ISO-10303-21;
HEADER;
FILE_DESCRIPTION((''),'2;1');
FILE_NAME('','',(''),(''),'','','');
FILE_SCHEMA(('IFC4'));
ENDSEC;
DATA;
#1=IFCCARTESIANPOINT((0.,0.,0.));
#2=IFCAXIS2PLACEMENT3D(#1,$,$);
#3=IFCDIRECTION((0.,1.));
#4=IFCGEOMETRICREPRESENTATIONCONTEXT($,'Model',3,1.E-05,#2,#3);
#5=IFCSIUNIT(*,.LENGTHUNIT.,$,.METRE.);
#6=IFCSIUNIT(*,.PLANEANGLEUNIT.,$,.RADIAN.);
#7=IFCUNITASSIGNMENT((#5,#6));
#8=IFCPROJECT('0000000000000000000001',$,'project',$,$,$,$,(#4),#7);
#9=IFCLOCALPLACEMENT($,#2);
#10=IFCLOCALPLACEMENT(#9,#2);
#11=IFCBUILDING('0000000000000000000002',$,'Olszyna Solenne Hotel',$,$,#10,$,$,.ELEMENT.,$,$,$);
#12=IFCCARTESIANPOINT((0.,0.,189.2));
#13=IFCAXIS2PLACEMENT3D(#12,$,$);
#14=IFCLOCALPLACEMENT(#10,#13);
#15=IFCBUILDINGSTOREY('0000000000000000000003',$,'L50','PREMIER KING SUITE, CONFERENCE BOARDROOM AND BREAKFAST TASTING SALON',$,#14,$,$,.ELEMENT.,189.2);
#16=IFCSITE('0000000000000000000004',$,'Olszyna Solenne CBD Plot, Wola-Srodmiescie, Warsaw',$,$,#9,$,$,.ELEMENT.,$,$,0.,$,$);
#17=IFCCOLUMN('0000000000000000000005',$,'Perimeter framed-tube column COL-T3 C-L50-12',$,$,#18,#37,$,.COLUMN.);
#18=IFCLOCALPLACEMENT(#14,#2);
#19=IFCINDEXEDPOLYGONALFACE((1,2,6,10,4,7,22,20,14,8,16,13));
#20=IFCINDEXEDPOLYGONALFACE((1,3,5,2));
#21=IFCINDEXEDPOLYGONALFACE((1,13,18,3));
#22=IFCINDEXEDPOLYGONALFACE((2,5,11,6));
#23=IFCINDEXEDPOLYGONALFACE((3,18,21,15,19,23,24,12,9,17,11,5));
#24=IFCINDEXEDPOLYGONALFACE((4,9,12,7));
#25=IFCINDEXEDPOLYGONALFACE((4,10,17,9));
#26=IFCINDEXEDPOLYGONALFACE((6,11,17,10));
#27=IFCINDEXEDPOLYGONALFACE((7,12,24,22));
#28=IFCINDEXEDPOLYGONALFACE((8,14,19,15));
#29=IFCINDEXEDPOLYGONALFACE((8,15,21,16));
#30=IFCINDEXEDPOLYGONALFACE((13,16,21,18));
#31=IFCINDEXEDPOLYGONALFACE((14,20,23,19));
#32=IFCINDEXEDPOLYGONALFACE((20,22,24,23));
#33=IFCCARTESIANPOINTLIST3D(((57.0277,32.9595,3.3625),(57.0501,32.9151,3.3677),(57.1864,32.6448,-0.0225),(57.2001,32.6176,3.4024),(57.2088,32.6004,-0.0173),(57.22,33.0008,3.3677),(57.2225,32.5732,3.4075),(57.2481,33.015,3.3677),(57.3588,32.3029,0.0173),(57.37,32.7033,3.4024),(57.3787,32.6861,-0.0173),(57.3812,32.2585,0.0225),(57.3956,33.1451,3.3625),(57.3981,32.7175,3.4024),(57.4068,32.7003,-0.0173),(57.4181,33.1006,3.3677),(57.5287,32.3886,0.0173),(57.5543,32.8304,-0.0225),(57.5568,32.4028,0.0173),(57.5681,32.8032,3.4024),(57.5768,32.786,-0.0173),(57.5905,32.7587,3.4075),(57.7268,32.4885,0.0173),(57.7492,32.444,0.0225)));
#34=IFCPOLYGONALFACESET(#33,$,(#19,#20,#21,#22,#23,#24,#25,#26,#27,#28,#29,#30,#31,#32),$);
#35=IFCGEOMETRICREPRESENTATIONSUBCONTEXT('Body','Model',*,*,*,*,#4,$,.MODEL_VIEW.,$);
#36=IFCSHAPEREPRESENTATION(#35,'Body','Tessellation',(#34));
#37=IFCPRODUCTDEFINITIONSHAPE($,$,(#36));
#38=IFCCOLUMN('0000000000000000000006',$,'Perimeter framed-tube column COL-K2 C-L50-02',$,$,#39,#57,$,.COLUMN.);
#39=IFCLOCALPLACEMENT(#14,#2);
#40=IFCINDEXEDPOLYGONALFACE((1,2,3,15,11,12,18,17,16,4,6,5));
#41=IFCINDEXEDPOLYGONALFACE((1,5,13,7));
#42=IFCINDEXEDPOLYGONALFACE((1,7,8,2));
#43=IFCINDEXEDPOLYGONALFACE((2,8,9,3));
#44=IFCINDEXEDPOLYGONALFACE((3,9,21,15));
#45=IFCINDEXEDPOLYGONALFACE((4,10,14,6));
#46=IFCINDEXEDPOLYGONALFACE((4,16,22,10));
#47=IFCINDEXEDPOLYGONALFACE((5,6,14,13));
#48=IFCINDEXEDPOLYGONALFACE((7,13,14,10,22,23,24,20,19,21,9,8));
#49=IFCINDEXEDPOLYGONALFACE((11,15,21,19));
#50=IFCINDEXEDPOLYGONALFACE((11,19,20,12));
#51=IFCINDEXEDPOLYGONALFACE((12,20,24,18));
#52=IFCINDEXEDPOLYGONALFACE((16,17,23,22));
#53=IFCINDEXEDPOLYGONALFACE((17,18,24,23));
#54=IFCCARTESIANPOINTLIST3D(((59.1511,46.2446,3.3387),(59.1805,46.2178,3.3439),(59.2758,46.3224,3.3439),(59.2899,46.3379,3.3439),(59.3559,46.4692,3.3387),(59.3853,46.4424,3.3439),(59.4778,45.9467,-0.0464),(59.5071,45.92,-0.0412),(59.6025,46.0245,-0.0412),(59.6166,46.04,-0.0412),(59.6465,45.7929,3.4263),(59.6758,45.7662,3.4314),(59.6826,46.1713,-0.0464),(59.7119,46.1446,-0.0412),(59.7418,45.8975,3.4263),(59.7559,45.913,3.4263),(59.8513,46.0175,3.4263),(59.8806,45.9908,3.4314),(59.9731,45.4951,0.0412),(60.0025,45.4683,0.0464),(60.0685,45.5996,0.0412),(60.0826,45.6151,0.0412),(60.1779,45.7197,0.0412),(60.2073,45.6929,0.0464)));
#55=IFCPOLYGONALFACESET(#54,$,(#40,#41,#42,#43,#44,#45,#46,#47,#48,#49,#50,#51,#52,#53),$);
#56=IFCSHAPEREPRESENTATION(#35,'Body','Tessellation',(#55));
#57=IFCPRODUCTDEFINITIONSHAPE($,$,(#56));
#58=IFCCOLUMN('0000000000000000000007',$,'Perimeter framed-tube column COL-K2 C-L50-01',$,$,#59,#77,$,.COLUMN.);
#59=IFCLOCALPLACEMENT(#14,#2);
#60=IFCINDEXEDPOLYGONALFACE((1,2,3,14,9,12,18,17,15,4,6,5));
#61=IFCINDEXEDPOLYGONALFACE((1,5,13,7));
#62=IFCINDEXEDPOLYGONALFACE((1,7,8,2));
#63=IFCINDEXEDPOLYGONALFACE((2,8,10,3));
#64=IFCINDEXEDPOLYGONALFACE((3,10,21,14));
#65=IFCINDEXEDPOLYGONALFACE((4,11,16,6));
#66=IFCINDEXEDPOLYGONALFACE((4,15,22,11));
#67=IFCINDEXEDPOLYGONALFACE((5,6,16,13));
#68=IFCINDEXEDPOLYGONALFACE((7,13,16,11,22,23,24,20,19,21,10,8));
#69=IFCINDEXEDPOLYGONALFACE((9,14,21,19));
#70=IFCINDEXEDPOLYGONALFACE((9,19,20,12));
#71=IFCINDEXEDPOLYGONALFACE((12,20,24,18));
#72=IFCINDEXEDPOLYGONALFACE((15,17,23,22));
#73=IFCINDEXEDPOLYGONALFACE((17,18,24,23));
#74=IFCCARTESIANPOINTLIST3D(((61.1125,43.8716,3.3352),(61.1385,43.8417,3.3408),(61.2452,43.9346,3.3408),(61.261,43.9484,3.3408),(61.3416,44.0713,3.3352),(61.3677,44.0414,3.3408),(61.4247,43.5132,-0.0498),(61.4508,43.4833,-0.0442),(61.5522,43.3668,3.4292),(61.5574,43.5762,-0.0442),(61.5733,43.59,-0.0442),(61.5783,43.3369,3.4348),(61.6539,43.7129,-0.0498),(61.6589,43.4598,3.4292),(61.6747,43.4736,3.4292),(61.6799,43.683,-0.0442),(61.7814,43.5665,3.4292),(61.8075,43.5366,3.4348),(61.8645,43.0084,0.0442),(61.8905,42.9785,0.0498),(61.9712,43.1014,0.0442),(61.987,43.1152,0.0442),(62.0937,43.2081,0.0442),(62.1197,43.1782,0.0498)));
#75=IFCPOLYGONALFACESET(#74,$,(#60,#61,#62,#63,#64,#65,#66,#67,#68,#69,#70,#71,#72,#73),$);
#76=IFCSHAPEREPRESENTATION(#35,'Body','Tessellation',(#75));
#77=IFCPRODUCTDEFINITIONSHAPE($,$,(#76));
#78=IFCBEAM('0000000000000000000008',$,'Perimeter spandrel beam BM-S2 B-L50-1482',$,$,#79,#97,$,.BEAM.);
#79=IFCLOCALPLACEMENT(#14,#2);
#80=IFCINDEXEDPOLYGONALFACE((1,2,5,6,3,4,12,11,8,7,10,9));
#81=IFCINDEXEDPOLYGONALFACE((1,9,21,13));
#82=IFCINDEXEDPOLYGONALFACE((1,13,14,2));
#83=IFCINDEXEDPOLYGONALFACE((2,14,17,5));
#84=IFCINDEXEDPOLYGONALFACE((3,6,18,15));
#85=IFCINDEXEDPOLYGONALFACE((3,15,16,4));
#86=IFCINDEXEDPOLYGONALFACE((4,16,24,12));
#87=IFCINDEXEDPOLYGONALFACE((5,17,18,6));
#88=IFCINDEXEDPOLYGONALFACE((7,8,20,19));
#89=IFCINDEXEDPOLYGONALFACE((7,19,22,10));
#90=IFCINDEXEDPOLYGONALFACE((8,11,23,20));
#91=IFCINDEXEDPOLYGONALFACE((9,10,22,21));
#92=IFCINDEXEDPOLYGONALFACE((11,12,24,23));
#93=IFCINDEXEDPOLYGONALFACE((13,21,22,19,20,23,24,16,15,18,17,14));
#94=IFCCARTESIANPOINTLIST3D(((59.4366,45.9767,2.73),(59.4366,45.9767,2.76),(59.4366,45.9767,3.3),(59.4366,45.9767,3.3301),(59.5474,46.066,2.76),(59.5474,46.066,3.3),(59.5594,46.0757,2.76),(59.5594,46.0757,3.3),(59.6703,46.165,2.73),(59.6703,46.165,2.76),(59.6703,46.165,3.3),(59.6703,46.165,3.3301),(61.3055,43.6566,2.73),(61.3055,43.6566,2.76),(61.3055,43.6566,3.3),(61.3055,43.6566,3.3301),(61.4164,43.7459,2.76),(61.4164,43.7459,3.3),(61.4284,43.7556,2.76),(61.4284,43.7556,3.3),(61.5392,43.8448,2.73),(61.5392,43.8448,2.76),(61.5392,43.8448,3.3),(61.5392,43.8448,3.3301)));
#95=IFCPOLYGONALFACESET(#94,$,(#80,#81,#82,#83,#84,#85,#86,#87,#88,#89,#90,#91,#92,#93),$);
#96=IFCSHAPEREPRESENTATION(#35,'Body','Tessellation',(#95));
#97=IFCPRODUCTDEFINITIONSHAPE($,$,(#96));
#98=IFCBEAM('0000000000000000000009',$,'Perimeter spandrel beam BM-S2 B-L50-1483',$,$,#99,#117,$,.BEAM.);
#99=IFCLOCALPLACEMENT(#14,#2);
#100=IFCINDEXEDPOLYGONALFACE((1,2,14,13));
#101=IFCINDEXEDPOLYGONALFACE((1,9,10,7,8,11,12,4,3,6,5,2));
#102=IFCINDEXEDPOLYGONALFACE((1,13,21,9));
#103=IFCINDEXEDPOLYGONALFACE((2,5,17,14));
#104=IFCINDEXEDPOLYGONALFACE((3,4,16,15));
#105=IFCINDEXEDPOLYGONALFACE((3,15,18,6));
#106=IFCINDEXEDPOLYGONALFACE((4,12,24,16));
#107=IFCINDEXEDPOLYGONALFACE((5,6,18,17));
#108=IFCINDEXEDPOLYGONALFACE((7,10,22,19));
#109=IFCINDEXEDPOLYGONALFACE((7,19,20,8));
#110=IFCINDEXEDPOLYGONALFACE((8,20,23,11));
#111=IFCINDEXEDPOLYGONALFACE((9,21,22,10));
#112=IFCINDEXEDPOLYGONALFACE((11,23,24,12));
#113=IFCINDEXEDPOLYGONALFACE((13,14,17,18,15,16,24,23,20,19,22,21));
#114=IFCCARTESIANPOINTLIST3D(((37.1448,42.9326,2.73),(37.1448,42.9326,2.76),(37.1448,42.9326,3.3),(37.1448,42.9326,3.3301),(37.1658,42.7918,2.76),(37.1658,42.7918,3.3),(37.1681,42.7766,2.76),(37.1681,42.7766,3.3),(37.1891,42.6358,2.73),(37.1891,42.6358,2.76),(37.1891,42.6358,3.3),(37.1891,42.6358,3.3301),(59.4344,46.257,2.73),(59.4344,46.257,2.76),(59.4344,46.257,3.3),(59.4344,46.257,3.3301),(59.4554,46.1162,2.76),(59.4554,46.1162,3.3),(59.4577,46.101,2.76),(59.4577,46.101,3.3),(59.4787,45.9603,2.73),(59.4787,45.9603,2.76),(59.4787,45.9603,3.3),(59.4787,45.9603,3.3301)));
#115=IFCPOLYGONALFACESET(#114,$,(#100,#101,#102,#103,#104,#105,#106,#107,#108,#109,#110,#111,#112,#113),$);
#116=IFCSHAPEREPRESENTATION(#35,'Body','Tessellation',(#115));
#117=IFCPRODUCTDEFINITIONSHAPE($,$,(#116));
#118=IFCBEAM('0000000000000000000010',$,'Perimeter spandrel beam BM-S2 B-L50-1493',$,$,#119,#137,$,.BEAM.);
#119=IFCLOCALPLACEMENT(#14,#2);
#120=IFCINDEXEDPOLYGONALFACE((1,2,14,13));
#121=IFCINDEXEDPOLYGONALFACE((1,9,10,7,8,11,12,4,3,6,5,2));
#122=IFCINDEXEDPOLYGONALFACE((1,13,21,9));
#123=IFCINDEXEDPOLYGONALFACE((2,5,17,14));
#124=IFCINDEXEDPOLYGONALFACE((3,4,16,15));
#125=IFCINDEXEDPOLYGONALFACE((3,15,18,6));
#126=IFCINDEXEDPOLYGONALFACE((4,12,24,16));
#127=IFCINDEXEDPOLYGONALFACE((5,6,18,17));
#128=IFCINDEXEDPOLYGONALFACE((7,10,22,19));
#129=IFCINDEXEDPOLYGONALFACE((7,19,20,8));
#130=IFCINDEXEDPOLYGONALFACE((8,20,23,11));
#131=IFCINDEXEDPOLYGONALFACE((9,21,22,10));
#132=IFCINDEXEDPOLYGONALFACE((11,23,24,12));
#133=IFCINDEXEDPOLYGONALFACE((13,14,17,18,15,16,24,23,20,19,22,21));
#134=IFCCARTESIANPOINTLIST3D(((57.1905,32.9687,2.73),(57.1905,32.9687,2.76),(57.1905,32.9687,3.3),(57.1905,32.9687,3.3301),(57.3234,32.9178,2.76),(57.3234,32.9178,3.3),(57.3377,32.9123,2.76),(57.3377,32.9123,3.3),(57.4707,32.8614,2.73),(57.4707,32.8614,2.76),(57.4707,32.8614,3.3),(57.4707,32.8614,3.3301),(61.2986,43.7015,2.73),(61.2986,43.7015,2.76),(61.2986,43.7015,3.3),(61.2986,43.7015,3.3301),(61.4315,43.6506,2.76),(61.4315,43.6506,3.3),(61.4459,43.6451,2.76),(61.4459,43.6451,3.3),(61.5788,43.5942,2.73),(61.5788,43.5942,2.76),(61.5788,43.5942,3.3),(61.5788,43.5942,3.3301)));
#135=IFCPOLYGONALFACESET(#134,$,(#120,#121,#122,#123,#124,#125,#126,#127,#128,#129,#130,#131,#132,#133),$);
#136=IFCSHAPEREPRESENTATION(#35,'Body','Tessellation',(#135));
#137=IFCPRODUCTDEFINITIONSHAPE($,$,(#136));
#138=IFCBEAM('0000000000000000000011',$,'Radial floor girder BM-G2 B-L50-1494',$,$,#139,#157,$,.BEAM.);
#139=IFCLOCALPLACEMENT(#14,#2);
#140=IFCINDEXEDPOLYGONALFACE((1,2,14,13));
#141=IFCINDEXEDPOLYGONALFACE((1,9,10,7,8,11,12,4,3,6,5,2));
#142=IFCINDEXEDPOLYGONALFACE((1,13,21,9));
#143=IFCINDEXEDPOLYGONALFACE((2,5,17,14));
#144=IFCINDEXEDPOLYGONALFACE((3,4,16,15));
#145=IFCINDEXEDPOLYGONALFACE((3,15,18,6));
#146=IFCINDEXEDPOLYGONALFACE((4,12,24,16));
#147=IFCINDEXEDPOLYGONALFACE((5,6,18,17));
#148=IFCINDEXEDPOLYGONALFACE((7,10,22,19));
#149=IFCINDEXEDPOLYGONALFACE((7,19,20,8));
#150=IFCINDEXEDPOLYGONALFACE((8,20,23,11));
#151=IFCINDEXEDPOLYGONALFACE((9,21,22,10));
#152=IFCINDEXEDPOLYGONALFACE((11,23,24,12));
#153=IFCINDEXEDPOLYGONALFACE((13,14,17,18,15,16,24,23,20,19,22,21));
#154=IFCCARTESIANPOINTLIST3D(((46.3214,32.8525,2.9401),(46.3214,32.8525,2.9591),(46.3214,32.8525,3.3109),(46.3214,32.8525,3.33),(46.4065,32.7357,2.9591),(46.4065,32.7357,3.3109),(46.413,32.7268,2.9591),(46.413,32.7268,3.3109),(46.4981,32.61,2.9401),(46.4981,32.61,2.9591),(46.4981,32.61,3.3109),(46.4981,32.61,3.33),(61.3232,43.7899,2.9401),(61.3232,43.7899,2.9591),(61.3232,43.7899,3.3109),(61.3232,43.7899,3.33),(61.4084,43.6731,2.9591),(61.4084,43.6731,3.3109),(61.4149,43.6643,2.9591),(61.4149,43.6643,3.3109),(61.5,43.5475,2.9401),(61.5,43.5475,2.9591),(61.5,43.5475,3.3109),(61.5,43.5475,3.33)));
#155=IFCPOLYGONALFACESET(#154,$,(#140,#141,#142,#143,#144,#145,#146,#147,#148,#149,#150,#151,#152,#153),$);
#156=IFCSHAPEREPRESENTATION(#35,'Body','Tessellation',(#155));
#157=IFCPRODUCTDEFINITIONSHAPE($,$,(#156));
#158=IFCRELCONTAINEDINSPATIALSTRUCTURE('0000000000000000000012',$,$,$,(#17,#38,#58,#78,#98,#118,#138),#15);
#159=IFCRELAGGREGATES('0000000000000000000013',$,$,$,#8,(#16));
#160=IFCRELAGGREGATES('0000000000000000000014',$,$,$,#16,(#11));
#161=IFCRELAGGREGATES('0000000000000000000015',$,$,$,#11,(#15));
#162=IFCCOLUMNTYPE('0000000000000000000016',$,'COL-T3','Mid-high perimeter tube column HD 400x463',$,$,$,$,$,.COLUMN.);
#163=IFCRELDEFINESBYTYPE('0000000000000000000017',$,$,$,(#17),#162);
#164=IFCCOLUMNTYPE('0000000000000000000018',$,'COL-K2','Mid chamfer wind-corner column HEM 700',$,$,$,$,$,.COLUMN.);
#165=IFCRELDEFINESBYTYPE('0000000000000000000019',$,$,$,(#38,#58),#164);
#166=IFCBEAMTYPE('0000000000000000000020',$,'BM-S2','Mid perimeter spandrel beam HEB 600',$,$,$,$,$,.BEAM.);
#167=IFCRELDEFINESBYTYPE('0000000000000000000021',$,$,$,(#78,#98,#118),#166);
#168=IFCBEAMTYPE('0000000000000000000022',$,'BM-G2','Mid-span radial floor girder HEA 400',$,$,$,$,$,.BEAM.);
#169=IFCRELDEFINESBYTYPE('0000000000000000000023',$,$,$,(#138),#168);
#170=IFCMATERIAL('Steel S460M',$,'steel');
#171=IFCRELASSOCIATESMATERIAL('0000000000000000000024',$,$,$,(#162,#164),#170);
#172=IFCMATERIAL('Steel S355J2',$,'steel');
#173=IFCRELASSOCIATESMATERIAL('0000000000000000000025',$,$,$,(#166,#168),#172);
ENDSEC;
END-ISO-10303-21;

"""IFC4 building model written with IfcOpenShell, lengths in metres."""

from ifc_helpers import new_model, si_unit, direction, frame, origin, origin_2d, place, context, subcontext, project, spatial, i_section, extrude, source, transform, mapped, material, material_profile, profile_set, type_object, element, save


model = new_model("IFC4")

# Units and contexts
model_context = context("Model", 3, precision=1e-05, world=origin(), true_north=direction((0.0, 1.0)))
body_context = subcontext(model_context, "Body", "Model", "MODEL_VIEW")
ifc_project = project(units=[si_unit("LENGTHUNIT", "METRE"), si_unit("PLANEANGLEUNIT", "RADIAN")], contexts=[model_context])

# Site, building, storey
site_placement = place(None, origin())
site = spatial("IfcSite", under=ifc_project, at=site_placement, Name="Olszyna Solenne CBD Plot, Wola-Srodmiescie, Warsaw", CompositionType="ELEMENT", RefElevation=0.0)
building_placement = place(site_placement, origin())
building = spatial("IfcBuilding", under=site, at=building_placement, Name="Olszyna Solenne Hotel", CompositionType="ELEMENT")
storey_placement = place(building_placement, frame((0.0, 0.0, 189.2)))
storey = spatial("IfcBuildingStorey", under=building, at=storey_placement, Name="L50", Description="PREMIER KING SUITE, CONFERENCE BOARDROOM AND BREAKFAST TASTING SALON", CompositionType="ELEMENT", Elevation=189.2)

# Columns
ifc_material_1 = material(Name="Steel S460M", Category="steel")
ifc_material_profile_1 = material_profile(ifc_material_1, i_section(OverallWidth=0.4121, OverallDepth=0.4351, WebThickness=0.0315, FlangeThickness=0.05, at=origin_2d()), Name="HD 400x463", Category="load-bearing")
ifc_profile_set_1 = profile_set([ifc_material_profile_1], Name="Steel S460M")
column_type_1 = type_object("IfcColumnType", Name="COL-T3", Description="Mid-high perimeter tube column HD 400x463", PredefinedType="COLUMN", material=ifc_profile_set_1)
shared_shape_1 = source(origin(), body_context, "Body", "SweptSolid", [
    extrude(i_section(OverallWidth=0.4121, OverallDepth=0.4351, WebThickness=0.0315, FlangeThickness=0.05, at=origin_2d()), origin(), (0.0, 0.0, 1.0), 3.4033),
])
column_1_placement = place(storey_placement, frame((57.4678, 32.5444, 0.0), z_axis=(-0.046629, 0.092468, 0.994623), x_axis=(-0.892898, -0.450259, 0.0)))
element("IfcColumn", 1, at=column_1_placement, inside=storey, type_object=column_type_1, Name="Perimeter framed-tube column COL-T3 C-L50-12", PredefinedType="COLUMN", context=body_context, shape_type="MappedRepresentation", body=[
    mapped(shared_shape_1, transform((0.0, 0.0, 0.0), x_axis=(1.0, 0.0, 0.0), y_axis=(0.0, 1.0, 0.0), z_axis=(0.0, 0.0, 1.0), scale=1.0)),
])
ifc_material_profile_2 = material_profile(ifc_material_1, i_section(OverallWidth=0.304, OverallDepth=0.7161, WebThickness=0.021, FlangeThickness=0.04, at=origin_2d()), Name="HEM 700", Category="load-bearing")
ifc_profile_set_2 = profile_set([ifc_material_profile_2], Name="Steel S460M")
column_type_2 = type_object("IfcColumnType", Name="COL-K2", Description="Mid chamfer wind-corner column HEM 700", PredefinedType="COLUMN", material=ifc_profile_set_2)
shared_shape_2 = source(origin(), body_context, "Body", "SweptSolid", [
    extrude(i_section(OverallWidth=0.304, OverallDepth=0.7161, WebThickness=0.021, FlangeThickness=0.04, at=origin_2d()), origin(), (0.0, 0.0, 1.0), 3.4138),
])
column_2_placement = place(storey_placement, frame((59.8425, 45.8198, 0.0), z_axis=(-0.095689, 0.08725, 0.99158), x_axis=(-0.673772, -0.73894, 0.0)))
element("IfcColumn", 2, at=column_2_placement, inside=storey, type_object=column_type_2, Name="Perimeter framed-tube column COL-K2 C-L50-02", PredefinedType="COLUMN", context=body_context, shape_type="MappedRepresentation", body=[
    mapped(shared_shape_2, transform((0.0, 0.0, 0.0), x_axis=(1.0, 0.0, 0.0), y_axis=(0.0, 1.0, 0.0), z_axis=(0.0, 0.0, 1.0), scale=1.0)),
])
shared_shape_3 = source(origin(), body_context, "Body", "SweptSolid", [
    extrude(i_section(OverallWidth=0.304, OverallDepth=0.7161, WebThickness=0.021, FlangeThickness=0.04, at=origin_2d()), origin(), (0.0, 0.0, 1.0), 3.4182),
])
column_3_placement = place(storey_placement, frame((61.7722, 43.3457, 0.0), z_axis=(-0.09135, 0.104849, 0.990284), x_axis=(-0.753975, -0.656903, 0.0)))
element("IfcColumn", 3, at=column_3_placement, inside=storey, type_object=column_type_2, Name="Perimeter framed-tube column COL-K2 C-L50-01", PredefinedType="COLUMN", context=body_context, shape_type="MappedRepresentation", body=[
    mapped(shared_shape_3, transform((0.0, 0.0, 0.0), x_axis=(1.0, 0.0, 0.0), y_axis=(0.0, 1.0, 0.0), z_axis=(0.0, 0.0, 1.0), scale=1.0)),
])

# Beams
ifc_material_2 = material(Name="Steel S355J2", Category="steel")
ifc_material_profile_3 = material_profile(ifc_material_2, i_section(OverallWidth=0.3, OverallDepth=0.6001, WebThickness=0.0154, FlangeThickness=0.03, at=origin_2d()), Name="HEB 600", Category="load-bearing")
ifc_profile_set_3 = profile_set([ifc_material_profile_3], Name="Steel S355J2")
beam_type_1 = type_object("IfcBeamType", Name="BM-S2", Description="Mid perimeter spandrel beam HEB 600", PredefinedType="BEAM", material=ifc_profile_set_3)
shared_shape_4 = source(origin(), body_context, "Body", "SweptSolid", [
    extrude(i_section(OverallWidth=0.3, OverallDepth=0.6001, WebThickness=0.0154, FlangeThickness=0.03, at=origin_2d()), origin(), (0.0, 0.0, 1.0), 2.9792),
])
beam_1_placement = place(storey_placement, frame((61.4224, 43.7507, 3.03), z_axis=(-0.62732, 0.778762, 0.0), x_axis=(-0.778762, -0.62732, 0.0)))
element("IfcBeam", 4, at=beam_1_placement, inside=storey, type_object=beam_type_1, Name="Perimeter spandrel beam BM-S2 B-L50-1482", PredefinedType="BEAM", context=body_context, shape_type="MappedRepresentation", body=[
    mapped(shared_shape_4, transform((0.0, 0.0, 0.0), x_axis=(1.0, 0.0, 0.0), y_axis=(0.0, 1.0, 0.0), z_axis=(0.0, 0.0, 1.0), scale=1.0)),
])
shared_shape_5 = source(origin(), body_context, "Body", "SweptSolid", [
    extrude(i_section(OverallWidth=0.3, OverallDepth=0.6001, WebThickness=0.0154, FlangeThickness=0.03, at=origin_2d()), origin(), (0.0, 0.0, 1.0), 22.5361),
])
beam_2_placement = place(storey_placement, frame((59.4565, 46.1086, 3.03), z_axis=(-0.989059, -0.147517, 0.0), x_axis=(0.147517, -0.989059, 0.0)))
element("IfcBeam", 5, at=beam_2_placement, inside=storey, type_object=beam_type_1, Name="Perimeter spandrel beam BM-S2 B-L50-1483", PredefinedType="BEAM", context=body_context, shape_type="MappedRepresentation", body=[
    mapped(shared_shape_5, transform((0.0, 0.0, 0.0), x_axis=(1.0, 0.0, 0.0), y_axis=(0.0, 1.0, 0.0), z_axis=(0.0, 0.0, 1.0), scale=1.0)),
])
shared_shape_6 = source(origin(), body_context, "Body", "SweptSolid", [
    extrude(i_section(OverallWidth=0.3, OverallDepth=0.6001, WebThickness=0.0154, FlangeThickness=0.03, at=origin_2d()), origin(), (0.0, 0.0, 1.0), 11.4922),
])
beam_3_placement = place(storey_placement, frame((57.3306, 32.915, 3.03), z_axis=(0.357471, 0.933924, 0.0), x_axis=(-0.933924, 0.357471, 0.0)))
element("IfcBeam", 6, at=beam_3_placement, inside=storey, type_object=beam_type_1, Name="Perimeter spandrel beam BM-S2 B-L50-1493", PredefinedType="BEAM", context=body_context, shape_type="MappedRepresentation", body=[
    mapped(shared_shape_6, transform((0.0, 0.0, 0.0), x_axis=(1.0, 0.0, 0.0), y_axis=(0.0, 1.0, 0.0), z_axis=(0.0, 0.0, 1.0), scale=1.0)),
])
ifc_material_profile_4 = material_profile(ifc_material_2, i_section(OverallWidth=0.3, OverallDepth=0.3899, WebThickness=0.011, FlangeThickness=0.019, at=origin_2d()), Name="HEA 400", Category="load-bearing")
ifc_profile_set_4 = profile_set([ifc_material_profile_4], Name="Steel S355J2")
beam_type_2 = type_object("IfcBeamType", Name="BM-G2", Description="Mid-span radial floor girder HEA 400", PredefinedType="BEAM", material=ifc_profile_set_4)
shared_shape_7 = source(origin(), body_context, "Body", "SweptSolid", [
    extrude(i_section(OverallWidth=0.3, OverallDepth=0.3899, WebThickness=0.011, FlangeThickness=0.019, at=origin_2d()), origin(), (0.0, 0.0, 1.0), 18.5657),
])
beam_4_placement = place(storey_placement, frame((61.4116, 43.6687, 3.135), z_axis=(-0.808044, -0.589122, 0.0), x_axis=(0.589122, -0.808044, 0.0)))
element("IfcBeam", 7, at=beam_4_placement, inside=storey, type_object=beam_type_2, Name="Radial floor girder BM-G2 B-L50-1494", PredefinedType="BEAM", context=body_context, shape_type="MappedRepresentation", body=[
    mapped(shared_shape_7, transform((0.0, 0.0, 0.0), x_axis=(1.0, 0.0, 0.0), y_axis=(0.0, 1.0, 0.0), z_axis=(0.0, 0.0, 1.0), scale=1.0)),
])

save(model, "model.ifc")
